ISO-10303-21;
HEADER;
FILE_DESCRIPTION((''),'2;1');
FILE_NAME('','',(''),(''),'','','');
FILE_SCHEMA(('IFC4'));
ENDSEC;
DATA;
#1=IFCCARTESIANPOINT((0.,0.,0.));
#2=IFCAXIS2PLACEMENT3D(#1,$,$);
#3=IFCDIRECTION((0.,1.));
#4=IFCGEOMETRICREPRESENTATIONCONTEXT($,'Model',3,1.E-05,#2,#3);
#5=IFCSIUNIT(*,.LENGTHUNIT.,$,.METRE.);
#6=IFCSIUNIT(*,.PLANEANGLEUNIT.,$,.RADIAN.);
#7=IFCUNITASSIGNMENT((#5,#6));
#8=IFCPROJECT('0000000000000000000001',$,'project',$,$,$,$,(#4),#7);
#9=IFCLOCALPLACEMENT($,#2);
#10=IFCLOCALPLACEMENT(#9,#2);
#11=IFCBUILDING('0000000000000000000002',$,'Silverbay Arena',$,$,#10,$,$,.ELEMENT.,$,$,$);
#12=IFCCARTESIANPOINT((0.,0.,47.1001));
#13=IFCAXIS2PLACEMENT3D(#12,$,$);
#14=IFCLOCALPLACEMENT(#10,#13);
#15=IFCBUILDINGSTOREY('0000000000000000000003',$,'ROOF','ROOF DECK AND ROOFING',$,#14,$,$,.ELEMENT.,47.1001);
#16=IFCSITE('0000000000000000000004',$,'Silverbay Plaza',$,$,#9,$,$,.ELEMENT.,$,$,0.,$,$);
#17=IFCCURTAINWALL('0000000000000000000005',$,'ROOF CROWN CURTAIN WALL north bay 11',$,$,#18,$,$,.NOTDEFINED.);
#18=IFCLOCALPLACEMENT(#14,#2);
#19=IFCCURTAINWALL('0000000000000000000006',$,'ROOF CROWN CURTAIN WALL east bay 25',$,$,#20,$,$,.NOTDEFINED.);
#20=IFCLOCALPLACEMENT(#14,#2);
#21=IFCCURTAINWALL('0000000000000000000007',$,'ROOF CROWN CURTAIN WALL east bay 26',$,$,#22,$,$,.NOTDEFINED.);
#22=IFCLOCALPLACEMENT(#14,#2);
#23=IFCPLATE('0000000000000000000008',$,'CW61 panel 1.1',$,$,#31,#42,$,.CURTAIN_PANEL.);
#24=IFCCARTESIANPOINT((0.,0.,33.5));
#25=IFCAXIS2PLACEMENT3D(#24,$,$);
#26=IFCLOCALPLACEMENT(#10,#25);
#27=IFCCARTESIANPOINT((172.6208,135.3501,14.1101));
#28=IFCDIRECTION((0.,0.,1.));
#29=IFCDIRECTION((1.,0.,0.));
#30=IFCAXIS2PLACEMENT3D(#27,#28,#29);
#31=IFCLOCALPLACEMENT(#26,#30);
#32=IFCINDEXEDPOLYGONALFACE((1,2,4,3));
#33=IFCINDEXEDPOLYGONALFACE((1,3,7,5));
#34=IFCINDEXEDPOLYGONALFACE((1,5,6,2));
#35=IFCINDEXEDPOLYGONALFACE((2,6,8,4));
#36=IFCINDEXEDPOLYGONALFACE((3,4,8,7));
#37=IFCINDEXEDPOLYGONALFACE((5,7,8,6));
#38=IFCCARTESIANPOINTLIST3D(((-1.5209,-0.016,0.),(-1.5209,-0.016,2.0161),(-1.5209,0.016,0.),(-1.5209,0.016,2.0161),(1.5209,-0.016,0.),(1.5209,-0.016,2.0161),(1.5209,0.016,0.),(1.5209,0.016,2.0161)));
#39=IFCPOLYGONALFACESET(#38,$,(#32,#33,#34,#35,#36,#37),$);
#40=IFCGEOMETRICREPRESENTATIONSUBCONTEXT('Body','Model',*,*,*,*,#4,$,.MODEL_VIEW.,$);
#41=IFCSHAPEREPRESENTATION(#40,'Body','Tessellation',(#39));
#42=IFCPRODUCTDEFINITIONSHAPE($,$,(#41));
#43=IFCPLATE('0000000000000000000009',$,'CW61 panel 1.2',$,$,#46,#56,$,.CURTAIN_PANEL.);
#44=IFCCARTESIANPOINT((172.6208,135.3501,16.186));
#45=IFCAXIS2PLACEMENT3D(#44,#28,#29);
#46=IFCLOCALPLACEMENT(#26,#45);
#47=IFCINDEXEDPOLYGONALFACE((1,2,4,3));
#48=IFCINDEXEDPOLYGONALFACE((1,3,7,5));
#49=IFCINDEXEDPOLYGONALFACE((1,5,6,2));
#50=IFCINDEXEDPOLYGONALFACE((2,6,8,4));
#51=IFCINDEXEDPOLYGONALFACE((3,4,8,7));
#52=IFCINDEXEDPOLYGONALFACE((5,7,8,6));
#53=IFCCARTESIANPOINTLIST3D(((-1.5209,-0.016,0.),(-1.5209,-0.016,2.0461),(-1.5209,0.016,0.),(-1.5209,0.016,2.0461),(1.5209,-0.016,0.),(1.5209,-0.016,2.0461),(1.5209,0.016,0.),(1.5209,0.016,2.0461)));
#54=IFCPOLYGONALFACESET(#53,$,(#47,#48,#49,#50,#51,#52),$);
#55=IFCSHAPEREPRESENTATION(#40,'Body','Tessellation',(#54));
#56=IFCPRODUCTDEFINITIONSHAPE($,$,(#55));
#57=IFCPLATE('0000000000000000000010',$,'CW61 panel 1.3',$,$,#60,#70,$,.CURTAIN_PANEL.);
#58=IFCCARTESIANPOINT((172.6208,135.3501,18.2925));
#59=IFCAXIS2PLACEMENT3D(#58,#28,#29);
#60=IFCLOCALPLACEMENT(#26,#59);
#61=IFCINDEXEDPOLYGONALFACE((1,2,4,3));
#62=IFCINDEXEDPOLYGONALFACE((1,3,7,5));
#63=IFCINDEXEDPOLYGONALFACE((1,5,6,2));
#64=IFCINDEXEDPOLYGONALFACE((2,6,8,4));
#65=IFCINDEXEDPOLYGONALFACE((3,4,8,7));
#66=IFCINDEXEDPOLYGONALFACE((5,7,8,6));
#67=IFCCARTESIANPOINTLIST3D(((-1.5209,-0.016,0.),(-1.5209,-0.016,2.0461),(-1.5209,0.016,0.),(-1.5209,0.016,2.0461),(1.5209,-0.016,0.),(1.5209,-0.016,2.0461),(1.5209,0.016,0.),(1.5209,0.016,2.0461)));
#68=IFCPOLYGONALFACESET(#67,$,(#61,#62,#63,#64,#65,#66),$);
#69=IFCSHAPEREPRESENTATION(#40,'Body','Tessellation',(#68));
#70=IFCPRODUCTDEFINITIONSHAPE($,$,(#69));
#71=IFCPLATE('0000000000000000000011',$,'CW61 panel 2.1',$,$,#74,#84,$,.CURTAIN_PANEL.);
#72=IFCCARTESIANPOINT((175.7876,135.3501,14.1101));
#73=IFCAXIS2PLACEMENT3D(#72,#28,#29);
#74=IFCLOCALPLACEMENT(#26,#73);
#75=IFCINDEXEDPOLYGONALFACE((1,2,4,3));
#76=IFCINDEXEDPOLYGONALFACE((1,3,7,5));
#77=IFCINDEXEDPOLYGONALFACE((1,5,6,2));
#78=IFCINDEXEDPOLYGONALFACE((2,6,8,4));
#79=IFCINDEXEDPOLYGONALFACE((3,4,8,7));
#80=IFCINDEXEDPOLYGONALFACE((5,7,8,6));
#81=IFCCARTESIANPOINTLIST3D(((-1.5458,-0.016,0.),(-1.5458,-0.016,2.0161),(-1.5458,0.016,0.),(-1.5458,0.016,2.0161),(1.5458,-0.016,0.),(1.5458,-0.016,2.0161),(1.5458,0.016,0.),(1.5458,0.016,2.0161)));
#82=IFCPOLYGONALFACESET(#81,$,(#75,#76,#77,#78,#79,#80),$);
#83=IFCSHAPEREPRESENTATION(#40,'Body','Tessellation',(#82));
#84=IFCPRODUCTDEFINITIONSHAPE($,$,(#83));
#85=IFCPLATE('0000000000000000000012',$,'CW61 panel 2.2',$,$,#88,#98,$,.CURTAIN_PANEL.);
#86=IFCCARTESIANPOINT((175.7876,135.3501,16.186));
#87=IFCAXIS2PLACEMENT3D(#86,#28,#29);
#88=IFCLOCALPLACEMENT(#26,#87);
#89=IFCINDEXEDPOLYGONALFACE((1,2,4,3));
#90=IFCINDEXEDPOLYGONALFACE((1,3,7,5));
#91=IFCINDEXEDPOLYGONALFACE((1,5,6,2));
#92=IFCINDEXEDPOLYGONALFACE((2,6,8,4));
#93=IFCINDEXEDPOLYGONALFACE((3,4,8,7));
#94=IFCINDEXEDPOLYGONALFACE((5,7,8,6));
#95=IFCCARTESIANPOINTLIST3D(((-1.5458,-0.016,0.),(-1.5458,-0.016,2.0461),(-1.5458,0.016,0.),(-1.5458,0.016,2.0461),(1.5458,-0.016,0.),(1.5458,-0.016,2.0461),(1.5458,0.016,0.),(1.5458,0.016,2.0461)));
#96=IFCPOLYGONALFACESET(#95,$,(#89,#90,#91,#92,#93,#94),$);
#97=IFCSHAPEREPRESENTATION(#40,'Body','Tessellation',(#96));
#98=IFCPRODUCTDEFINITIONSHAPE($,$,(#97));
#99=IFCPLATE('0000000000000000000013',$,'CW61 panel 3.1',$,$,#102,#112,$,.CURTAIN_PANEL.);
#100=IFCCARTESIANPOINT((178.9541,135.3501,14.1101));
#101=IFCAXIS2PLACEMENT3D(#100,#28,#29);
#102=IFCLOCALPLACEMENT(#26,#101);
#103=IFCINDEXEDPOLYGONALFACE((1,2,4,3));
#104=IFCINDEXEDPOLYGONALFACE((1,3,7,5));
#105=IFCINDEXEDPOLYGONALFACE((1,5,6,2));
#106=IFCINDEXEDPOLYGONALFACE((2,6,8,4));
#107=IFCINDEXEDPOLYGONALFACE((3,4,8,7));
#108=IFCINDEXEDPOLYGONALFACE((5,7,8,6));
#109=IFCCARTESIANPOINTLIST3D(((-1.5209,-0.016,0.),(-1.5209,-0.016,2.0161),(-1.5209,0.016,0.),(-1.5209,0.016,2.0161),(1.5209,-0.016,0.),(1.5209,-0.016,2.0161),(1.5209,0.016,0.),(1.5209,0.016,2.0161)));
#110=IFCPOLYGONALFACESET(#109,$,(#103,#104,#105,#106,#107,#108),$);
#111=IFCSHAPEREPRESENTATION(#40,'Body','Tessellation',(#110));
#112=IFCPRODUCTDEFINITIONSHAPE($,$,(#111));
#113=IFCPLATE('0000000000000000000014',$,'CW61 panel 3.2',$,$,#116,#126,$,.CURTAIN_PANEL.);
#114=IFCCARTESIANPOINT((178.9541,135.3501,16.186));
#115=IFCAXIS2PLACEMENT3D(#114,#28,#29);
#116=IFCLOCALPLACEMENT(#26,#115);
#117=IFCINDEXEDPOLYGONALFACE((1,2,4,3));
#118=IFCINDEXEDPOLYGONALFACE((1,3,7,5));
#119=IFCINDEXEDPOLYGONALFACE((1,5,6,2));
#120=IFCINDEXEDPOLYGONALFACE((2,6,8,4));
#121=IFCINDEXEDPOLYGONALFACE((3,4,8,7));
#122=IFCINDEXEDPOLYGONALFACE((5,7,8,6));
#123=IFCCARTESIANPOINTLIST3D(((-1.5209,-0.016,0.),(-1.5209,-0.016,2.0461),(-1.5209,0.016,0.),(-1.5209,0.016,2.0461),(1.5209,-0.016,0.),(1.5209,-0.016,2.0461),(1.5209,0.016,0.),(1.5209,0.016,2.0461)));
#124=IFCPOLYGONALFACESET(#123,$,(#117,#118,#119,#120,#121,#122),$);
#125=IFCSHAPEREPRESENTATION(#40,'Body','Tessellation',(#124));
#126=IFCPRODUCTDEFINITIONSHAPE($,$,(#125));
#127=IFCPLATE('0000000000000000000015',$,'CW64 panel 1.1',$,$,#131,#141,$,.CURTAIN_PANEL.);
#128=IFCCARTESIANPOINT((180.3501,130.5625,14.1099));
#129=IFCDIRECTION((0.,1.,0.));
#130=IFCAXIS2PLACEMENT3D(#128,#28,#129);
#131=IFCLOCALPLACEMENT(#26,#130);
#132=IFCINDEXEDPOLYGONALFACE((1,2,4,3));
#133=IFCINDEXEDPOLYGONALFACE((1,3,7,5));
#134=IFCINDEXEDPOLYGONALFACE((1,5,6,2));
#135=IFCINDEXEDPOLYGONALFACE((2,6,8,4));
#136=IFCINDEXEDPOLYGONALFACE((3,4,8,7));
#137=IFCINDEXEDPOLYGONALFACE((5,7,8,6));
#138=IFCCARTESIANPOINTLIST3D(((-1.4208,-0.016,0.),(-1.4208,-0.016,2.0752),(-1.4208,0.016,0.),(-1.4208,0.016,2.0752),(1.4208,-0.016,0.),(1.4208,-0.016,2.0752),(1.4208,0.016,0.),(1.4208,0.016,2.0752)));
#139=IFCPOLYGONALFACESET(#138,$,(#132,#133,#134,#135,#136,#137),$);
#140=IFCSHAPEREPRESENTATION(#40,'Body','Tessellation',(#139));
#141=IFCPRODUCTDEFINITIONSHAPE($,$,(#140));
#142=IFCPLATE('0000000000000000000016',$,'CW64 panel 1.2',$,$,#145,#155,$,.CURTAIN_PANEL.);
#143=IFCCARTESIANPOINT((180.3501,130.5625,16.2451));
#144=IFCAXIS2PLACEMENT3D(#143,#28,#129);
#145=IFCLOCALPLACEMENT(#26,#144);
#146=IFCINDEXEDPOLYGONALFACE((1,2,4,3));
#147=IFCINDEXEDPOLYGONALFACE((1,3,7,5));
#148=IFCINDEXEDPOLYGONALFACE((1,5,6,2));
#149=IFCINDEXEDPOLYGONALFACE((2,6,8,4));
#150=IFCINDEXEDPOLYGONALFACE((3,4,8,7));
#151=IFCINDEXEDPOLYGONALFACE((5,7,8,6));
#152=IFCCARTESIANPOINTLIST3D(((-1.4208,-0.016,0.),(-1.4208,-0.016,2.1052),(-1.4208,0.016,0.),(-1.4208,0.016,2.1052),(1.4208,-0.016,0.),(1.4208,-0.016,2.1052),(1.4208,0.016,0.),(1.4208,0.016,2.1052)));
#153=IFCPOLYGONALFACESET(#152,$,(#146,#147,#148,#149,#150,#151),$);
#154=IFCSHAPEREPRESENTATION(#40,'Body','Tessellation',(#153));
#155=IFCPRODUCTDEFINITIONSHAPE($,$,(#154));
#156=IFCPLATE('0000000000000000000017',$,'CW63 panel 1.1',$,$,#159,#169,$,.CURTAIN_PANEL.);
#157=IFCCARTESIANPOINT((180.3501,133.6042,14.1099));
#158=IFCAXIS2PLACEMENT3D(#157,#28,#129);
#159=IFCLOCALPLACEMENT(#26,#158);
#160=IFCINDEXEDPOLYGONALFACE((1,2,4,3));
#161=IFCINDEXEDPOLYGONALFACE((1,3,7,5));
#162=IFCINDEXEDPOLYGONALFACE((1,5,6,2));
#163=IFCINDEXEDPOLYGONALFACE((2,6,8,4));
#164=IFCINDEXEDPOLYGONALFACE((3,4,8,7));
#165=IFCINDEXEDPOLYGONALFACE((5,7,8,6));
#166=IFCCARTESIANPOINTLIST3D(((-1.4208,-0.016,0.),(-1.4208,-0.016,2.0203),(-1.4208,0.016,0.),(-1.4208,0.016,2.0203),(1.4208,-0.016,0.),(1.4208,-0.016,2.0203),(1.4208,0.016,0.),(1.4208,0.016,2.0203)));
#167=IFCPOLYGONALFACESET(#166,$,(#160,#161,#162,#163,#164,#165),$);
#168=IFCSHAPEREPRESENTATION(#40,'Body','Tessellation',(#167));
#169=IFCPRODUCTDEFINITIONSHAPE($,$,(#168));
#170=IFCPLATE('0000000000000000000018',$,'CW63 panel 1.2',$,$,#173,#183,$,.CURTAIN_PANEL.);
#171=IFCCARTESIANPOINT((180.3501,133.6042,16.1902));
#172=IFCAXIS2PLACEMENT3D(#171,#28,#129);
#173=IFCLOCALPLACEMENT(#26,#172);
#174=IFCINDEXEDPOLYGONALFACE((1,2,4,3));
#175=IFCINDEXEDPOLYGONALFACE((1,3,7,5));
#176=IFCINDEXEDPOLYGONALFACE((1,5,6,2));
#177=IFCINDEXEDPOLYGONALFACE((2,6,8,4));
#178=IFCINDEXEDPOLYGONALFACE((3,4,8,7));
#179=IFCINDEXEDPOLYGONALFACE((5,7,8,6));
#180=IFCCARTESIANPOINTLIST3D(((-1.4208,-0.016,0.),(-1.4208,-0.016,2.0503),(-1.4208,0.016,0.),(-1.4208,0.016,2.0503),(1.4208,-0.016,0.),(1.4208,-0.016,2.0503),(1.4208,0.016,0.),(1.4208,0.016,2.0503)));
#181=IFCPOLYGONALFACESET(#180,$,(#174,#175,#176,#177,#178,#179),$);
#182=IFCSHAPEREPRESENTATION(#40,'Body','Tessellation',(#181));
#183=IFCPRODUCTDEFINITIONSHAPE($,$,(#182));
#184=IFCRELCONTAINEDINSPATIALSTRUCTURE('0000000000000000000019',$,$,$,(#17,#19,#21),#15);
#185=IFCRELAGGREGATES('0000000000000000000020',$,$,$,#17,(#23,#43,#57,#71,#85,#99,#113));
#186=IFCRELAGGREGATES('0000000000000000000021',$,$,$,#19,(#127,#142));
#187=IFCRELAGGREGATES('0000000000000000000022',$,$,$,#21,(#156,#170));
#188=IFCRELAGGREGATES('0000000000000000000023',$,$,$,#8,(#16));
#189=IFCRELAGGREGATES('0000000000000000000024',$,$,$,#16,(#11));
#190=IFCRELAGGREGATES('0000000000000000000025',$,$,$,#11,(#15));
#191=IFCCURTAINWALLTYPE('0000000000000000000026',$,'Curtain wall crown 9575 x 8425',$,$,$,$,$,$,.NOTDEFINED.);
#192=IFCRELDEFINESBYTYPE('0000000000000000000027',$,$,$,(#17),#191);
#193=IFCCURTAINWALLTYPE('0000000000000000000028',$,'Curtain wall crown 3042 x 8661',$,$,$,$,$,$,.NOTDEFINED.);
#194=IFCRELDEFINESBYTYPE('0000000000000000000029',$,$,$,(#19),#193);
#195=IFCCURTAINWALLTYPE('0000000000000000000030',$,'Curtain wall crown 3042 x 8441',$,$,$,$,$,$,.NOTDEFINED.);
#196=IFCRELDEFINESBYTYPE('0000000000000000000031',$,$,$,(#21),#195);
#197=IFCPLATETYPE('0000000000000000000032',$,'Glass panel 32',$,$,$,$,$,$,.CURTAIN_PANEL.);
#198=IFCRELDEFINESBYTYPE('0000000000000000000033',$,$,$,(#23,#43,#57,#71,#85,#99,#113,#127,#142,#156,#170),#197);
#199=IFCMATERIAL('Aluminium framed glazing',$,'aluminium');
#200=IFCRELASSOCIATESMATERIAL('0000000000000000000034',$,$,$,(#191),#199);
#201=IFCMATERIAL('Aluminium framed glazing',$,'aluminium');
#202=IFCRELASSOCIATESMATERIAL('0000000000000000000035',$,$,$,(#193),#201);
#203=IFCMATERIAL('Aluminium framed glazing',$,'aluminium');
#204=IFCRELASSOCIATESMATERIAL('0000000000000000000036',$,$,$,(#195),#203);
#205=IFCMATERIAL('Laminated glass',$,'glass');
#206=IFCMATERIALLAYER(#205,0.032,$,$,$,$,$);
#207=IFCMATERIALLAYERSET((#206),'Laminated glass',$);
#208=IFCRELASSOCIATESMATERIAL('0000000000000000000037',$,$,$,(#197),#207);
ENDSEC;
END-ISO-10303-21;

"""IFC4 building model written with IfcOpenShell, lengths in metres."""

from ifc_helpers import new_model, si_unit, direction, frame, origin, origin_2d, place, context, subcontext, project, spatial, rectangle, extrude, material, layer, layer_set, type_object, element, aggregate, save


model = new_model("IFC4")

# Units and contexts
model_context = context("Model", 3, precision=1e-05, world=origin(), true_north=direction((0.0, 1.0)))
body_context = subcontext(model_context, "Body", "Model", "MODEL_VIEW")
ifc_project = project(units=[si_unit("LENGTHUNIT", "METRE"), si_unit("PLANEANGLEUNIT", "RADIAN")], contexts=[model_context])

# Site, building, storey
site_placement = place(None, origin())
site = spatial("IfcSite", under=ifc_project, at=site_placement, Name="Silverbay Plaza", CompositionType="ELEMENT", RefElevation=0.0)
building_placement = place(site_placement, origin())
building = spatial("IfcBuilding", under=site, at=building_placement, Name="Silverbay Arena", CompositionType="ELEMENT")
storey_placement = place(building_placement, frame((0.0, 0.0, 47.1001)))
storey = spatial("IfcBuildingStorey", under=building, at=storey_placement, Name="ROOF", Description="ROOF DECK AND ROOFING", CompositionType="ELEMENT", Elevation=47.1001)

# Shared definitions
placement = place(building_placement, frame((0.0, 0.0, 33.5)))

# Curtain wall
ifc_material_1 = material(Name="Aluminium framed glazing", Category="aluminium")
curtain_wall_type_1 = type_object("IfcCurtainWallType", Name="Curtain wall crown 9575 x 8425", PredefinedType="NOTDEFINED", material=ifc_material_1)
curtain_wall_1_placement = place(storey_placement, origin())
curtain_wall_1 = element("IfcCurtainWall", 1, at=curtain_wall_1_placement, inside=storey, type_object=curtain_wall_type_1, Name="ROOF CROWN CURTAIN WALL north bay 11", PredefinedType="NOTDEFINED")

# Curtain wall
ifc_material_2 = material(Name="Aluminium framed glazing", Category="aluminium")
curtain_wall_type_2 = type_object("IfcCurtainWallType", Name="Curtain wall crown 3042 x 8661", PredefinedType="NOTDEFINED", material=ifc_material_2)
curtain_wall_2_placement = place(storey_placement, origin())
curtain_wall_2 = element("IfcCurtainWall", 2, at=curtain_wall_2_placement, inside=storey, type_object=curtain_wall_type_2, Name="ROOF CROWN CURTAIN WALL east bay 25", PredefinedType="NOTDEFINED")

# Curtain wall
ifc_material_3 = material(Name="Aluminium framed glazing", Category="aluminium")
curtain_wall_type_3 = type_object("IfcCurtainWallType", Name="Curtain wall crown 3042 x 8441", PredefinedType="NOTDEFINED", material=ifc_material_3)
curtain_wall_3_placement = place(storey_placement, origin())
curtain_wall_3 = element("IfcCurtainWall", 3, at=curtain_wall_3_placement, inside=storey, type_object=curtain_wall_type_3, Name="ROOF CROWN CURTAIN WALL east bay 26", PredefinedType="NOTDEFINED")

# Plates
ifc_material_4 = material(Name="Laminated glass", Category="glass")
ifc_layer = layer(ifc_material_4, 0.032)
ifc_layer_set = layer_set([ifc_layer], Name="Laminated glass")
plate_type = type_object("IfcPlateType", Name="Glass panel 32", PredefinedType="CURTAIN_PANEL", material=ifc_layer_set)
plate_1_placement = place(placement, frame((172.6208, 135.3501, 14.1101), z_axis=(0.0, 0.0, 1.0), x_axis=(1.0, 0.0, 0.0)))
plate_1 = element("IfcPlate", 4, at=plate_1_placement, type_object=plate_type, Name="CW61 panel 1.1", PredefinedType="CURTAIN_PANEL", context=body_context, shape_type="SweptSolid", body=[
    extrude(rectangle(XDim=3.0417, YDim=0.032, at=origin_2d()), origin(), (0.0, 0.0, 1.0), 2.0161),
])
plate_2_placement = place(placement, frame((172.6208, 135.3501, 16.186), z_axis=(0.0, 0.0, 1.0), x_axis=(1.0, 0.0, 0.0)))
plate_2 = element("IfcPlate", 5, at=plate_2_placement, type_object=plate_type, Name="CW61 panel 1.2", PredefinedType="CURTAIN_PANEL", context=body_context, shape_type="SweptSolid", body=[
    extrude(rectangle(XDim=3.0417, YDim=0.032, at=origin_2d()), origin(), (0.0, 0.0, 1.0), 2.0461),
])
plate_3_placement = place(placement, frame((172.6208, 135.3501, 18.2925), z_axis=(0.0, 0.0, 1.0), x_axis=(1.0, 0.0, 0.0)))
plate_3 = element("IfcPlate", 6, at=plate_3_placement, type_object=plate_type, Name="CW61 panel 1.3", PredefinedType="CURTAIN_PANEL", context=body_context, shape_type="SweptSolid", body=[
    extrude(rectangle(XDim=3.0417, YDim=0.032, at=origin_2d()), origin(), (0.0, 0.0, 1.0), 2.0461),
])
plate_4_placement = place(placement, frame((175.7876, 135.3501, 14.1101), z_axis=(0.0, 0.0, 1.0), x_axis=(1.0, 0.0, 0.0)))
plate_4 = element("IfcPlate", 7, at=plate_4_placement, type_object=plate_type, Name="CW61 panel 2.1", PredefinedType="CURTAIN_PANEL", context=body_context, shape_type="SweptSolid", body=[
    extrude(rectangle(XDim=3.0916, YDim=0.032, at=origin_2d()), origin(), (0.0, 0.0, 1.0), 2.0161),
])
plate_5_placement = place(placement, frame((175.7876, 135.3501, 16.186), z_axis=(0.0, 0.0, 1.0), x_axis=(1.0, 0.0, 0.0)))
plate_5 = element("IfcPlate", 8, at=plate_5_placement, type_object=plate_type, Name="CW61 panel 2.2", PredefinedType="CURTAIN_PANEL", context=body_context, shape_type="SweptSolid", body=[
    extrude(rectangle(XDim=3.0916, YDim=0.032, at=origin_2d()), origin(), (0.0, 0.0, 1.0), 2.0461),
])
plate_6_placement = place(placement, frame((178.9541, 135.3501, 14.1101), z_axis=(0.0, 0.0, 1.0), x_axis=(1.0, 0.0, 0.0)))
plate_6 = element("IfcPlate", 9, at=plate_6_placement, type_object=plate_type, Name="CW61 panel 3.1", PredefinedType="CURTAIN_PANEL", context=body_context, shape_type="SweptSolid", body=[
    extrude(rectangle(XDim=3.0417, YDim=0.032, at=origin_2d()), origin(), (0.0, 0.0, 1.0), 2.0161),
])
plate_7_placement = place(placement, frame((178.9541, 135.3501, 16.186), z_axis=(0.0, 0.0, 1.0), x_axis=(1.0, 0.0, 0.0)))
plate_7 = element("IfcPlate", 10, at=plate_7_placement, type_object=plate_type, Name="CW61 panel 3.2", PredefinedType="CURTAIN_PANEL", context=body_context, shape_type="SweptSolid", body=[
    extrude(rectangle(XDim=3.0417, YDim=0.032, at=origin_2d()), origin(), (0.0, 0.0, 1.0), 2.0461),
])
aggregate(curtain_wall_1, [plate_1, plate_2, plate_3, plate_4, plate_5, plate_6, plate_7])
plate_8_placement = place(placement, frame((180.3501, 130.5625, 14.1099), z_axis=(0.0, 0.0, 1.0), x_axis=(0.0, 1.0, 0.0)))
plate_8 = element("IfcPlate", 11, at=plate_8_placement, type_object=plate_type, Name="CW64 panel 1.1", PredefinedType="CURTAIN_PANEL", context=body_context, shape_type="SweptSolid", body=[
    extrude(rectangle(XDim=2.8416, YDim=0.032, at=origin_2d()), origin(), (0.0, 0.0, 1.0), 2.0752),
])
plate_9_placement = place(placement, frame((180.3501, 130.5625, 16.2451), z_axis=(0.0, 0.0, 1.0), x_axis=(0.0, 1.0, 0.0)))
plate_9 = element("IfcPlate", 12, at=plate_9_placement, type_object=plate_type, Name="CW64 panel 1.2", PredefinedType="CURTAIN_PANEL", context=body_context, shape_type="SweptSolid", body=[
    extrude(rectangle(XDim=2.8416, YDim=0.032, at=origin_2d()), origin(), (0.0, 0.0, 1.0), 2.1052),
])
aggregate(curtain_wall_2, [plate_8, plate_9])
plate_10_placement = place(placement, frame((180.3501, 133.6042, 14.1099), z_axis=(0.0, 0.0, 1.0), x_axis=(0.0, 1.0, 0.0)))
plate_10 = element("IfcPlate", 13, at=plate_10_placement, type_object=plate_type, Name="CW63 panel 1.1", PredefinedType="CURTAIN_PANEL", context=body_context, shape_type="SweptSolid", body=[
    extrude(rectangle(XDim=2.8416, YDim=0.032, at=origin_2d()), origin(), (0.0, 0.0, 1.0), 2.0203),
])
plate_11_placement = place(placement, frame((180.3501, 133.6042, 16.1902), z_axis=(0.0, 0.0, 1.0), x_axis=(0.0, 1.0, 0.0)))
plate_11 = element("IfcPlate", 14, at=plate_11_placement, type_object=plate_type, Name="CW63 panel 1.2", PredefinedType="CURTAIN_PANEL", context=body_context, shape_type="SweptSolid", body=[
    extrude(rectangle(XDim=2.8416, YDim=0.032, at=origin_2d()), origin(), (0.0, 0.0, 1.0), 2.0503),
])
aggregate(curtain_wall_3, [plate_10, plate_11])

save(model, "model.ifc")
